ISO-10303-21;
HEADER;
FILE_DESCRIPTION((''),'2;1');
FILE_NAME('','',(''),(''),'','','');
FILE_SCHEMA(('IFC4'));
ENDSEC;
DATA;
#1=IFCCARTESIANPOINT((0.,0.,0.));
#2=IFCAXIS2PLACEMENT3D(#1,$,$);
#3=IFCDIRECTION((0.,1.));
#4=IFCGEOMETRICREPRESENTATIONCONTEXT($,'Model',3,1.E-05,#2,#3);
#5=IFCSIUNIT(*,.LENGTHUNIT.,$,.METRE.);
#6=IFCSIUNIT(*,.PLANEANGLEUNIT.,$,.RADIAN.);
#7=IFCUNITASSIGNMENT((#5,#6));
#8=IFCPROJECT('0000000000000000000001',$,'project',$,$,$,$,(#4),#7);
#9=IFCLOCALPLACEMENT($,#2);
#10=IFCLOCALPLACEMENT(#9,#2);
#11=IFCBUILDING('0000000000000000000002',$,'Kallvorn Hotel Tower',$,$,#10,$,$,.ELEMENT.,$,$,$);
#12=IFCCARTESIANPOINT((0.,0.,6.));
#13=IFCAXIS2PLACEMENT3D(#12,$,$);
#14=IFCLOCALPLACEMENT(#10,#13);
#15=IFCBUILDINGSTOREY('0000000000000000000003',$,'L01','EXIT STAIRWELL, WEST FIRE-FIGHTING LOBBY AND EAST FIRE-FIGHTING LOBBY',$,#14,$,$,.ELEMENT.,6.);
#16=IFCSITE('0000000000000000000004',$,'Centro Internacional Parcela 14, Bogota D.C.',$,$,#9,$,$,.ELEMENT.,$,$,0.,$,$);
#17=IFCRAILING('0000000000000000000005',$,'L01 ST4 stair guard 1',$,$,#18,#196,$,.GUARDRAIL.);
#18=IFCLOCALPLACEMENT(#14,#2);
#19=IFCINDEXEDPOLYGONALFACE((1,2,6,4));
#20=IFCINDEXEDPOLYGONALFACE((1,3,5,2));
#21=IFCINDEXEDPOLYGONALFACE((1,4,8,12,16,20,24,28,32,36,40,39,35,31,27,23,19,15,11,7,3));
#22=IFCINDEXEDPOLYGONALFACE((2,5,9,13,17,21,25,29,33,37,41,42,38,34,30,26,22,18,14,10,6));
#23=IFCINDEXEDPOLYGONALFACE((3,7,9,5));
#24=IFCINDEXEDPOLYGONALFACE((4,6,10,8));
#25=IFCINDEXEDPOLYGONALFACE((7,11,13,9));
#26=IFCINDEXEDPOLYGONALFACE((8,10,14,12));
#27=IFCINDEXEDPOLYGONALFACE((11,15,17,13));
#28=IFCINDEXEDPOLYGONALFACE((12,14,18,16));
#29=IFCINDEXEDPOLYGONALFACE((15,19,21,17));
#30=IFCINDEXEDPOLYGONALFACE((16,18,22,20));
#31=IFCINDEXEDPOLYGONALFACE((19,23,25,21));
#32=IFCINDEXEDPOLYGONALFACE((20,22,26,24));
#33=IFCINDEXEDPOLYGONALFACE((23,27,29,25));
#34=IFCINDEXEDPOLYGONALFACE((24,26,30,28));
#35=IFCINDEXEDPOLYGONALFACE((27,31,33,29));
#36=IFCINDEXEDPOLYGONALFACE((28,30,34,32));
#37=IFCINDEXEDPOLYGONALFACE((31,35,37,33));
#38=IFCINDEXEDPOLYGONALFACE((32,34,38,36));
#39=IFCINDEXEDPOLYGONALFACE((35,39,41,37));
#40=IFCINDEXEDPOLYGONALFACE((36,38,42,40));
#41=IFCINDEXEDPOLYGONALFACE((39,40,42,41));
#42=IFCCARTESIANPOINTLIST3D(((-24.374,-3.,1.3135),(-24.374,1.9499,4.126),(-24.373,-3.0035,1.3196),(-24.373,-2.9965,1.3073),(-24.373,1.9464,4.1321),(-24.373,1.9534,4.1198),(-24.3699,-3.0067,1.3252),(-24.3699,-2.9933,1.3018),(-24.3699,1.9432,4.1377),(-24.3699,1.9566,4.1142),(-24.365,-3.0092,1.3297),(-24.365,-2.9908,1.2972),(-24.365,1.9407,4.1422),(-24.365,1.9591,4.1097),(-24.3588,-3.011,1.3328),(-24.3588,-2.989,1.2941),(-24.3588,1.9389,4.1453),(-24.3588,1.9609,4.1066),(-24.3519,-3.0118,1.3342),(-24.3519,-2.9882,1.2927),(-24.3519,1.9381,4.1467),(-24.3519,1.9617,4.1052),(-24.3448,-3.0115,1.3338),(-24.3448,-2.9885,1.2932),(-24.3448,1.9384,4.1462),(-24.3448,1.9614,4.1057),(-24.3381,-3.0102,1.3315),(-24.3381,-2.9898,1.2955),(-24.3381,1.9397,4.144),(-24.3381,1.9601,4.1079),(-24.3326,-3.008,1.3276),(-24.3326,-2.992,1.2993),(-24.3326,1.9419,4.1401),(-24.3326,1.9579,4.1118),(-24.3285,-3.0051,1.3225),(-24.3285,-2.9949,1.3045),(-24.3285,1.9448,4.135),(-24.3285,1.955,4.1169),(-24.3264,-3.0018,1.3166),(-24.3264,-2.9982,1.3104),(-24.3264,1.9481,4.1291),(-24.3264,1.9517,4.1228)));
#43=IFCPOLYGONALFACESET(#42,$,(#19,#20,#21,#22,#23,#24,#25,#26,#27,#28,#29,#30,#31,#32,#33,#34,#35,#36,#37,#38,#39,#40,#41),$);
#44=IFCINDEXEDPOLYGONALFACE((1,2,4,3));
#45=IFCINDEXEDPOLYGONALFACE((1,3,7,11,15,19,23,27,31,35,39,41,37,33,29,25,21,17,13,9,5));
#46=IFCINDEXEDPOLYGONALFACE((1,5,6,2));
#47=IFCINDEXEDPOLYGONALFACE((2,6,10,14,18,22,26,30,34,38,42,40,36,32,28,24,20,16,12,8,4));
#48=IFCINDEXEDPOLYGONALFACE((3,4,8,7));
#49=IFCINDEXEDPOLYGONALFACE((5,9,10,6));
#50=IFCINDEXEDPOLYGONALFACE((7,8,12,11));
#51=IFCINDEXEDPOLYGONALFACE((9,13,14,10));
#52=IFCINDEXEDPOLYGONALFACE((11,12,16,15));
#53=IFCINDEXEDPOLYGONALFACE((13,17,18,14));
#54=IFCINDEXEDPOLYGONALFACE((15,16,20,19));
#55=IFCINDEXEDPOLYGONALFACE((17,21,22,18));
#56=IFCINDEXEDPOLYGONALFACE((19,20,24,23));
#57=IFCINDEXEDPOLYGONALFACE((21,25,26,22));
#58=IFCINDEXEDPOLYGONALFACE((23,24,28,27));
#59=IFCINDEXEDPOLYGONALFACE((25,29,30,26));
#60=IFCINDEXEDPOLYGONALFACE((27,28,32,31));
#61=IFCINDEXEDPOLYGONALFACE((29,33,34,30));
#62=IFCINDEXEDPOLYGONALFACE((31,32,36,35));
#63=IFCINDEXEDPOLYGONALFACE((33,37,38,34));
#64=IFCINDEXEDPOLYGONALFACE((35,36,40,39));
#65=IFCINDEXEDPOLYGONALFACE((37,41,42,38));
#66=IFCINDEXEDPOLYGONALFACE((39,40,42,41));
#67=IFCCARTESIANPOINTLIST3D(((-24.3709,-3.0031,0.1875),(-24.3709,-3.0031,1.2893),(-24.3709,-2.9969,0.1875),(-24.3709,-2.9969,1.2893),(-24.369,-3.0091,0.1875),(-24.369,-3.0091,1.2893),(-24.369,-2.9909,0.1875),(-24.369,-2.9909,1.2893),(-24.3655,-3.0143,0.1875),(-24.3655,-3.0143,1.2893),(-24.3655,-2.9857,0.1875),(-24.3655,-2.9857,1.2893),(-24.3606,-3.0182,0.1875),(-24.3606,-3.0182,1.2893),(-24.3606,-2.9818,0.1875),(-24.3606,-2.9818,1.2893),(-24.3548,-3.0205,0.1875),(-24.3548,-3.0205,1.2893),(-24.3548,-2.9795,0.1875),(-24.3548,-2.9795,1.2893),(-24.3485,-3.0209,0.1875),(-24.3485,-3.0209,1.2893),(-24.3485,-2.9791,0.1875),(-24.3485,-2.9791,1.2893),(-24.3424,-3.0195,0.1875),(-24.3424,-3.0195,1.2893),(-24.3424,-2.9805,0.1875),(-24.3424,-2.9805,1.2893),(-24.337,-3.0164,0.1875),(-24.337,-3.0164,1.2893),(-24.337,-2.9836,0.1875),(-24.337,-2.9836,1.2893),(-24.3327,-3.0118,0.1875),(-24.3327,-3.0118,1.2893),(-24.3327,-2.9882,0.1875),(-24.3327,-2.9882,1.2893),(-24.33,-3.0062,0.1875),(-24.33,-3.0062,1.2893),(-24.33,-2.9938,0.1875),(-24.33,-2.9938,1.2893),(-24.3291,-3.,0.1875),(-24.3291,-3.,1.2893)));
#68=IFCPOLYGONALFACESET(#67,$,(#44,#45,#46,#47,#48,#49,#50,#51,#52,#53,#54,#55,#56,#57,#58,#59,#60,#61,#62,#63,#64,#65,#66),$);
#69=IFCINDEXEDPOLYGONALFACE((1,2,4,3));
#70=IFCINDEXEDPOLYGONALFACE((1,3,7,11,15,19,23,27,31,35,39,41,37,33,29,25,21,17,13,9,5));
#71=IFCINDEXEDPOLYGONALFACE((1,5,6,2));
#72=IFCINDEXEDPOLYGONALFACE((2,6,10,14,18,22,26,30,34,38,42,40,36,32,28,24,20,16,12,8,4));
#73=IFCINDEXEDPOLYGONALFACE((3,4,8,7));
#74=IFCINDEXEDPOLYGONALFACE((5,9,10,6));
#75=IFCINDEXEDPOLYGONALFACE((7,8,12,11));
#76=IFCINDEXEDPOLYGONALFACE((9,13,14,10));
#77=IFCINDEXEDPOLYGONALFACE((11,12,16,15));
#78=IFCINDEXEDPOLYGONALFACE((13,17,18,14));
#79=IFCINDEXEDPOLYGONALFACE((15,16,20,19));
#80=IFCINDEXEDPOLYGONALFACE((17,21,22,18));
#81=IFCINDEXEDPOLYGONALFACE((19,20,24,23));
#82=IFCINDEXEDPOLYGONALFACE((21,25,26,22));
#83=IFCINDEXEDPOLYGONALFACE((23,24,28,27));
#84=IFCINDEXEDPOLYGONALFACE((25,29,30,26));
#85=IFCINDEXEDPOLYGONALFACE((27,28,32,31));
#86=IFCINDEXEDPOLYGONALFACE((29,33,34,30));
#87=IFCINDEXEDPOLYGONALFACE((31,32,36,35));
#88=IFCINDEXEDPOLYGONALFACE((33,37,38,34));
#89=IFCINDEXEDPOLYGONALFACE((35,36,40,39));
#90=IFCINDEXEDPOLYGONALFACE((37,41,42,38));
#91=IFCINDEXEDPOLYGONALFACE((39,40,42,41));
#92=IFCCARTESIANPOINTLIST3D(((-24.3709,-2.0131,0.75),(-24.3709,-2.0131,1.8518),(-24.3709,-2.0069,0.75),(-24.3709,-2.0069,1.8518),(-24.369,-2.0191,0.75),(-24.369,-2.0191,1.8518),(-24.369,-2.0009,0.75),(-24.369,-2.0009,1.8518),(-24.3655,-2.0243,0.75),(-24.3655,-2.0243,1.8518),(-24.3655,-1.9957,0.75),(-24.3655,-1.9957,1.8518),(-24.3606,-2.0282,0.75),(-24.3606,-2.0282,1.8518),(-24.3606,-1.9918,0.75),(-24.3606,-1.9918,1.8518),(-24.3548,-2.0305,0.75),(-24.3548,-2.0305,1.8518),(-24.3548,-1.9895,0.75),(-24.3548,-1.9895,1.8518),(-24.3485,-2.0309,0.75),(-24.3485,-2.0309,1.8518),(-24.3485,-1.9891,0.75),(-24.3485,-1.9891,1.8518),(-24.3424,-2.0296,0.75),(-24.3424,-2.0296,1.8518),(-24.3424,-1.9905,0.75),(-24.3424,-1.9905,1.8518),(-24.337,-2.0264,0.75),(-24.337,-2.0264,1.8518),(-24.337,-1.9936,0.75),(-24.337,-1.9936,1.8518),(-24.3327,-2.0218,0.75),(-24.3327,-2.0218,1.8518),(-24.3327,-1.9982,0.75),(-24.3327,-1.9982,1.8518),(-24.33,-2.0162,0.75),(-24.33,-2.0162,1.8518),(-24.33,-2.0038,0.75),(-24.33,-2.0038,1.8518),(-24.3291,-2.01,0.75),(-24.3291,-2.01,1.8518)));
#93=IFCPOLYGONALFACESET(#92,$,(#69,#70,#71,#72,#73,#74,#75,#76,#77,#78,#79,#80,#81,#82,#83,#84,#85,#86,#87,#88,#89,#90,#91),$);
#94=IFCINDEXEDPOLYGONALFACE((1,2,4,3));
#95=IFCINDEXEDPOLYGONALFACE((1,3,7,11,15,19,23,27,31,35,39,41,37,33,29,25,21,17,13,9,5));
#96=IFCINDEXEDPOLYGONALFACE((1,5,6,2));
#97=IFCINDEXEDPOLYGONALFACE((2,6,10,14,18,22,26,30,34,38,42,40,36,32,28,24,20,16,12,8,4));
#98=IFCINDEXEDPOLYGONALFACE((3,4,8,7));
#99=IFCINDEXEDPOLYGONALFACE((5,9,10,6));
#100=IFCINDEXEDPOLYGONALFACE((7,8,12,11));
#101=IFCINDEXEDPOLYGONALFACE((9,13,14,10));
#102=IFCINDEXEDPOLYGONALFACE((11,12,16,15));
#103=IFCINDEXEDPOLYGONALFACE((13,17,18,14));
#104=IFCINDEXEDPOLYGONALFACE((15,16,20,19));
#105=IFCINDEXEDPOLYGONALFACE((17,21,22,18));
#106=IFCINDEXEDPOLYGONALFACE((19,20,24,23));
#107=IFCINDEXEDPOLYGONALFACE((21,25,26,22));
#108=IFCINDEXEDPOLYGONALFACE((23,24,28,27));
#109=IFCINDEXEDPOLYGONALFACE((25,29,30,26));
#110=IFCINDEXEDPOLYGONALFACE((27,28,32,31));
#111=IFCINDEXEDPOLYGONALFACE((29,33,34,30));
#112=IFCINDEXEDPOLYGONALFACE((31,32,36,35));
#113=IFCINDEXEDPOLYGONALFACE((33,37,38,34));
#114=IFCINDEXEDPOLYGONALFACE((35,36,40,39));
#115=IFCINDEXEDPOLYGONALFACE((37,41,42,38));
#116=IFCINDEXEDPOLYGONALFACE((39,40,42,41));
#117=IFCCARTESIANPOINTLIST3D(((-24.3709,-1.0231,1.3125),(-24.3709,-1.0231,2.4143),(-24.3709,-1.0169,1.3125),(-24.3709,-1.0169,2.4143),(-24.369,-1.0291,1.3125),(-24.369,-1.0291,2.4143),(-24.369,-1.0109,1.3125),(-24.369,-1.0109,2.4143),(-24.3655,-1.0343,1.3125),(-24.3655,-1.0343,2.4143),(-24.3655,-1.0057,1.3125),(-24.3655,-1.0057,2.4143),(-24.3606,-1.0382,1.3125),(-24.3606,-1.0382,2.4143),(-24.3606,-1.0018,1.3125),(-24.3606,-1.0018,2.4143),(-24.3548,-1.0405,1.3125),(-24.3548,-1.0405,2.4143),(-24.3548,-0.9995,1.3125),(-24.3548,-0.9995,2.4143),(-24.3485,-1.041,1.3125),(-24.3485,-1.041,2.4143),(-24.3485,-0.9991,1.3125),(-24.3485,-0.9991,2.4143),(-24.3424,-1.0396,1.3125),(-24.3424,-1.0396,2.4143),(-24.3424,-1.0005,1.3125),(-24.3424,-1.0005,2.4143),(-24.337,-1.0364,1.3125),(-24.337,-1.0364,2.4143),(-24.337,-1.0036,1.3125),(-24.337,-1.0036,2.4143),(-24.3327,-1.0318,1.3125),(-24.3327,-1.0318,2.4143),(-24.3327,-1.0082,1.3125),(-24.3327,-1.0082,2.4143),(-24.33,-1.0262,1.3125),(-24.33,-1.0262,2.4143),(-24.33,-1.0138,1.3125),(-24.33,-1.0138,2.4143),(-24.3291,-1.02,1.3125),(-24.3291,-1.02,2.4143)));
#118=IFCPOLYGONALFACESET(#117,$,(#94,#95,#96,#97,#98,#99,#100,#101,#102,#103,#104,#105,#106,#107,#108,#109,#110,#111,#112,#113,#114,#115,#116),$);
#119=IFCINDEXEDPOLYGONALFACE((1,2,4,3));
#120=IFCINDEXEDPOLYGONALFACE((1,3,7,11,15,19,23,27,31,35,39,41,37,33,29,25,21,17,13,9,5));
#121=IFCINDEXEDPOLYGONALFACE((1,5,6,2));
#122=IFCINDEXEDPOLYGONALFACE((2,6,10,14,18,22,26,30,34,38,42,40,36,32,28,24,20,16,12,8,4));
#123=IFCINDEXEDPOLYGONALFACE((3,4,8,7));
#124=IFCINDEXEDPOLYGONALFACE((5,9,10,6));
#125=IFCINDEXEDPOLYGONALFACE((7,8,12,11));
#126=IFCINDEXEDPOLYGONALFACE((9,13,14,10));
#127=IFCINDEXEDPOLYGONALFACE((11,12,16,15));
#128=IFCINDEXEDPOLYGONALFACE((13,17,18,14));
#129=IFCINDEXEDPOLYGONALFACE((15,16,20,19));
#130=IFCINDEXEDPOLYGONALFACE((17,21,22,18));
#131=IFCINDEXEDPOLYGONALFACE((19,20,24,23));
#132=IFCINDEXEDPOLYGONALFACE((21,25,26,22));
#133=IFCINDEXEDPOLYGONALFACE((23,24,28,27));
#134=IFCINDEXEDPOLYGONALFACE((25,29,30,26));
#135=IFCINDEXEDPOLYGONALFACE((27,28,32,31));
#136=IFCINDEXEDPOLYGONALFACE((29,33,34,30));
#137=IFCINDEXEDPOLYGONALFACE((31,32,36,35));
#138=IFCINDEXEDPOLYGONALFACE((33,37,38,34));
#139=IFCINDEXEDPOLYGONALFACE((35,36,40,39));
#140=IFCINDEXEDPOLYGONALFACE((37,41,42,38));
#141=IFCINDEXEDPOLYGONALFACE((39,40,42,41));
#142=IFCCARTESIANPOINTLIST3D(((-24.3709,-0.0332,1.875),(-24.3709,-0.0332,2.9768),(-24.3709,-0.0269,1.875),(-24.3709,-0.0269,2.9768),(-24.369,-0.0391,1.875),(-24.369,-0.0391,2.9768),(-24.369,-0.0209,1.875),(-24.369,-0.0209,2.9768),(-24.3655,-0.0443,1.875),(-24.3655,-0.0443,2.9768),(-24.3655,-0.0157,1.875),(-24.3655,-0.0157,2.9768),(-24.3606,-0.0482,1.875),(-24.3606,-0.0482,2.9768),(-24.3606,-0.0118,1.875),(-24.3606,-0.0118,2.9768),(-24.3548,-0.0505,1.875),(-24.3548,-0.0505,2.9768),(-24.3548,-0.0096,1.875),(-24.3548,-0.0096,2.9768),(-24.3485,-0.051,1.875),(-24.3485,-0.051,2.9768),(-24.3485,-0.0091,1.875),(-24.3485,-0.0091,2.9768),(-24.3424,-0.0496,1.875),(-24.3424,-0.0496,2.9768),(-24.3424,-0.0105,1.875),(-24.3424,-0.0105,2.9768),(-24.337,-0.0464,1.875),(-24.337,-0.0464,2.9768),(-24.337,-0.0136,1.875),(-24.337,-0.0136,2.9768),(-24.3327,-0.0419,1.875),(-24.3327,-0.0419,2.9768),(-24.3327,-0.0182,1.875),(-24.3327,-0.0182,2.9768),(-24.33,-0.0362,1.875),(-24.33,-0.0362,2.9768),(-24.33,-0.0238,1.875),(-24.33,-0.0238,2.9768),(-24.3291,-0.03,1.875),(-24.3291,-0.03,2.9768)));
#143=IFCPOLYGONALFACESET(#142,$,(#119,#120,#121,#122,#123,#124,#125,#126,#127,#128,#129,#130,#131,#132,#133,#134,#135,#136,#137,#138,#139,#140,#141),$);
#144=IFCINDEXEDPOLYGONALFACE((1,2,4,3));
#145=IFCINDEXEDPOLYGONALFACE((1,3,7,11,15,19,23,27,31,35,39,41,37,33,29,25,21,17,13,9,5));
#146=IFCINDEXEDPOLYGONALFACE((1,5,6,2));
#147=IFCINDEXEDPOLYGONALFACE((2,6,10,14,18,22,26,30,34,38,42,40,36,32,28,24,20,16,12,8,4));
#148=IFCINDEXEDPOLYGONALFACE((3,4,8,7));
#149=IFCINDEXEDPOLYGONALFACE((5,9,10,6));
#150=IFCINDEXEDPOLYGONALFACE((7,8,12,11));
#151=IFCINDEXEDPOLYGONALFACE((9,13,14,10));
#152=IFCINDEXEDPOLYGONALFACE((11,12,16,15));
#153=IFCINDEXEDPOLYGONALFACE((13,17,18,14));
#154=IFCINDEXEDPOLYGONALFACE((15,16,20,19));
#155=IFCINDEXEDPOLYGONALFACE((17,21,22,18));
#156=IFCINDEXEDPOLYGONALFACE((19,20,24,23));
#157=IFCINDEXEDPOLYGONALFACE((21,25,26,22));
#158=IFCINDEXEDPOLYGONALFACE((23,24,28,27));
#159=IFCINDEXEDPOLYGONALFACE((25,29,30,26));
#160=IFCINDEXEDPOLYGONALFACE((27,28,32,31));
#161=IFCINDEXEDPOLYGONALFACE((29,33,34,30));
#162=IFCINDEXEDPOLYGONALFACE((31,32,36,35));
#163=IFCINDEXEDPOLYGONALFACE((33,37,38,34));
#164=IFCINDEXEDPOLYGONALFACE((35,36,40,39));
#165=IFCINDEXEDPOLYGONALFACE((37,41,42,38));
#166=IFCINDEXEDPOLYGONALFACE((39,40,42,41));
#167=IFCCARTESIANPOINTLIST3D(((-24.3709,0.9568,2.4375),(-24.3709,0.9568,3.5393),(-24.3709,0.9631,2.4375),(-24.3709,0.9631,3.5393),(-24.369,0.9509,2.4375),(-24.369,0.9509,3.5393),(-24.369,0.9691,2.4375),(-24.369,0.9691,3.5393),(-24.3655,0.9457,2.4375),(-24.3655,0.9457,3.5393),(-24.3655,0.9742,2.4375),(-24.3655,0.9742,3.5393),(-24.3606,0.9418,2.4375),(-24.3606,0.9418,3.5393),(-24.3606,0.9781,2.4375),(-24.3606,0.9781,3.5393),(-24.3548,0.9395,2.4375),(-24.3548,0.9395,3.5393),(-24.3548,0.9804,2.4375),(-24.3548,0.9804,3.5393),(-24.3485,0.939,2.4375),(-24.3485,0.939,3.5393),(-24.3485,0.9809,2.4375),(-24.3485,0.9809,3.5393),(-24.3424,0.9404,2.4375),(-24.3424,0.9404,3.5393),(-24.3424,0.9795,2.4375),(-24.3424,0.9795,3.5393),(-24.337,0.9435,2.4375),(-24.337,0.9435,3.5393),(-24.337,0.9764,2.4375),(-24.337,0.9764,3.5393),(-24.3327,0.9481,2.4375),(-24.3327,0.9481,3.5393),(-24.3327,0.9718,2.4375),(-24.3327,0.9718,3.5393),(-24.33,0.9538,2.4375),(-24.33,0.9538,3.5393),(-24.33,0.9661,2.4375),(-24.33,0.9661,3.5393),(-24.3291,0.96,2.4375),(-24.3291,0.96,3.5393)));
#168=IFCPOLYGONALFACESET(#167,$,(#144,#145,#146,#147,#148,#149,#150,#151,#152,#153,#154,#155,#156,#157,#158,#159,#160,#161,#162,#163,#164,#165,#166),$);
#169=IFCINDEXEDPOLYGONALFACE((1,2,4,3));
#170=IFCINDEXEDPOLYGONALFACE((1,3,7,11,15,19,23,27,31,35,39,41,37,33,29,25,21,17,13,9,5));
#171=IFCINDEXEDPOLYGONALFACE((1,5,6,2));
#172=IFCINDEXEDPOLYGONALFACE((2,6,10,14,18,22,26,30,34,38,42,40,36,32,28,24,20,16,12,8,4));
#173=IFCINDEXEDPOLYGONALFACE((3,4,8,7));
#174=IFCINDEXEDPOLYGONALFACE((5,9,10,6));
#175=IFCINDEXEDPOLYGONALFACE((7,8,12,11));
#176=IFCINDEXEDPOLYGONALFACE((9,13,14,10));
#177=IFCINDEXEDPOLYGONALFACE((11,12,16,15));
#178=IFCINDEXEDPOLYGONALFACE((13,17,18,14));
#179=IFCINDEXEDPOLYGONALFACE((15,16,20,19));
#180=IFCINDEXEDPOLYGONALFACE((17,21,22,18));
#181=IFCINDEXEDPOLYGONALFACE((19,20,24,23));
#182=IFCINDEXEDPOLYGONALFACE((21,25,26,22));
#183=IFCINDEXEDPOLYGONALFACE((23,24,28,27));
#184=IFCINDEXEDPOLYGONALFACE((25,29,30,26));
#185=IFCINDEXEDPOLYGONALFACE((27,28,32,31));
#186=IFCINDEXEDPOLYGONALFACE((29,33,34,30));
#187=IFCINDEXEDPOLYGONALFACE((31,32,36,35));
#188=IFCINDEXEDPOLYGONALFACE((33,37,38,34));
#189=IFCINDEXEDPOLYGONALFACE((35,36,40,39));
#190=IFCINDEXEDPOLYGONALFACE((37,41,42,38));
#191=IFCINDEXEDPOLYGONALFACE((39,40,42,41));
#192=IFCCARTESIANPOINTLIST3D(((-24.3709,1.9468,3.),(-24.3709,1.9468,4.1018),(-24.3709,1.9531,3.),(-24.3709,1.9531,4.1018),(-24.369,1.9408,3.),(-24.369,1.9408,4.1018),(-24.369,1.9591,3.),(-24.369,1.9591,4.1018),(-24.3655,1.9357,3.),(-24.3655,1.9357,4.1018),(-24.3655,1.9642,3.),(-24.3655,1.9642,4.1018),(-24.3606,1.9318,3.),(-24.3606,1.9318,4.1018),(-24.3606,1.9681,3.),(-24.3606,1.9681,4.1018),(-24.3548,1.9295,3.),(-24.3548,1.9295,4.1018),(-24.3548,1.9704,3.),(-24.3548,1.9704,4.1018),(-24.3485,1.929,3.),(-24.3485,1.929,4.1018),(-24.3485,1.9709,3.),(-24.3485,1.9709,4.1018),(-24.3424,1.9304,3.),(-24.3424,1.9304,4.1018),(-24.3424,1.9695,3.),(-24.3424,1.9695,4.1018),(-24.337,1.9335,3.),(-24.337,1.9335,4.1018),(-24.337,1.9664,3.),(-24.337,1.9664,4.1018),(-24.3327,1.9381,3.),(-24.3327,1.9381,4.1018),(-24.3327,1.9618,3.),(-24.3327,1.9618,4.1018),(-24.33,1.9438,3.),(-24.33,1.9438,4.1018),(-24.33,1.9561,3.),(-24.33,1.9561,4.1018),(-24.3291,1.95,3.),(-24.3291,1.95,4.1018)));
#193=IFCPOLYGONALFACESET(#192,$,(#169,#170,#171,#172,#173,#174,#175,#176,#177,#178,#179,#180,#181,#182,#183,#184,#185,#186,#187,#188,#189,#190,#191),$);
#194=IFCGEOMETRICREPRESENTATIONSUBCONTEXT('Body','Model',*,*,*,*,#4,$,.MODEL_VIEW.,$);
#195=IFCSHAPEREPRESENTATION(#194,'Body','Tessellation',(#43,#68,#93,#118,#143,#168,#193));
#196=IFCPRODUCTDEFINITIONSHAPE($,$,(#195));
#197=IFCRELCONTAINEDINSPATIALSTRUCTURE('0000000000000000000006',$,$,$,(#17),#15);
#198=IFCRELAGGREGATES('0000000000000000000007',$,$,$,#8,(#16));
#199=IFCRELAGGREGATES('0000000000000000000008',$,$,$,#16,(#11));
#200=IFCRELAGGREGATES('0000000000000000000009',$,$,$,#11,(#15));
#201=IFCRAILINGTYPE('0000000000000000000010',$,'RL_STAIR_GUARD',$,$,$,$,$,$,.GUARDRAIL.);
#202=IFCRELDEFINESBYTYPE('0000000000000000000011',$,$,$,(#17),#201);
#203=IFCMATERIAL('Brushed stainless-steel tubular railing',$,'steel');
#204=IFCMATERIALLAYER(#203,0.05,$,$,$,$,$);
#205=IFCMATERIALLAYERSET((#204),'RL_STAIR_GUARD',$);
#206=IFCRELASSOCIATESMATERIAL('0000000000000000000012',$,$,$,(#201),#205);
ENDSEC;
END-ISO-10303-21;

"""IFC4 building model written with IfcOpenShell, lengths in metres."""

from ifc_helpers import new_model, si_unit, direction, frame, origin, origin_2d, place, context, subcontext, project, spatial, circle, extrude, material, layer, layer_set, type_object, element, save


model = new_model("IFC4")

# Units and contexts
model_context = context("Model", 3, precision=1e-05, world=origin(), true_north=direction((0.0, 1.0)))
body_context = subcontext(model_context, "Body", "Model", "MODEL_VIEW")
ifc_project = project(units=[si_unit("LENGTHUNIT", "METRE"), si_unit("PLANEANGLEUNIT", "RADIAN")], contexts=[model_context])

# Site, building, storey
site_placement = place(None, origin())
site = spatial("IfcSite", under=ifc_project, at=site_placement, Name="Centro Internacional Parcela 14, Bogota D.C.", CompositionType="ELEMENT", RefElevation=0.0)
building_placement = place(site_placement, origin())
building = spatial("IfcBuilding", under=site, at=building_placement, Name="Kallvorn Hotel Tower", CompositionType="ELEMENT")
storey_placement = place(building_placement, frame((0.0, 0.0, 6.0)))
storey = spatial("IfcBuildingStorey", under=building, at=storey_placement, Name="L01", Description="EXIT STAIRWELL, WEST FIRE-FIGHTING LOBBY AND EAST FIRE-FIGHTING LOBBY", CompositionType="ELEMENT", Elevation=6.0)

# Railing
ifc_material_1 = material(Name="Brushed stainless-steel tubular railing", Category="steel")
ifc_layer_1 = layer(ifc_material_1, 0.05)
ifc_layer_set_1 = layer_set([ifc_layer_1], Name="RL_STAIR_GUARD")
railing_type_1 = type_object("IfcRailingType", Name="RL_STAIR_GUARD", PredefinedType="GUARDRAIL", material=ifc_layer_set_1)
railing_1_placement = place(storey_placement, frame((-24.3501, -3.0, 0.1875)))
element("IfcRailing", 1, at=railing_1_placement, inside=storey, type_object=railing_type_1, Name="L01 ST4 stair guard 1", PredefinedType="GUARDRAIL", context=body_context, shape_type="SweptSolid", body=[
    extrude(circle(Radius=0.0239, at=origin_2d()), frame((0.0, 0.0, 1.126), z_axis=(0.0, 0.869454, 0.494013), x_axis=(-1.0, 0.0, 0.0)), (0.0, 0.0, 1.0), 5.6931),
    extrude(circle(Radius=0.021, at=origin_2d()), origin(), (0.0, 0.0, 1.0), 1.1018),
    extrude(circle(Radius=0.021, at=origin_2d()), frame((0.0, 0.99, 0.5625)), (0.0, 0.0, 1.0), 1.1018),
    extrude(circle(Radius=0.021, at=origin_2d()), frame((0.0, 1.98, 1.125)), (0.0, 0.0, 1.0), 1.1018),
    extrude(circle(Radius=0.021, at=origin_2d()), frame((0.0, 2.97, 1.6875)), (0.0, 0.0, 1.0), 1.1018),
    extrude(circle(Radius=0.021, at=origin_2d()), frame((0.0, 3.96, 2.25)), (0.0, 0.0, 1.0), 1.1018),
    extrude(circle(Radius=0.021, at=origin_2d()), frame((0.0, 4.95, 2.8125)), (0.0, 0.0, 1.0), 1.1018),
])

save(model, "model.ifc")
